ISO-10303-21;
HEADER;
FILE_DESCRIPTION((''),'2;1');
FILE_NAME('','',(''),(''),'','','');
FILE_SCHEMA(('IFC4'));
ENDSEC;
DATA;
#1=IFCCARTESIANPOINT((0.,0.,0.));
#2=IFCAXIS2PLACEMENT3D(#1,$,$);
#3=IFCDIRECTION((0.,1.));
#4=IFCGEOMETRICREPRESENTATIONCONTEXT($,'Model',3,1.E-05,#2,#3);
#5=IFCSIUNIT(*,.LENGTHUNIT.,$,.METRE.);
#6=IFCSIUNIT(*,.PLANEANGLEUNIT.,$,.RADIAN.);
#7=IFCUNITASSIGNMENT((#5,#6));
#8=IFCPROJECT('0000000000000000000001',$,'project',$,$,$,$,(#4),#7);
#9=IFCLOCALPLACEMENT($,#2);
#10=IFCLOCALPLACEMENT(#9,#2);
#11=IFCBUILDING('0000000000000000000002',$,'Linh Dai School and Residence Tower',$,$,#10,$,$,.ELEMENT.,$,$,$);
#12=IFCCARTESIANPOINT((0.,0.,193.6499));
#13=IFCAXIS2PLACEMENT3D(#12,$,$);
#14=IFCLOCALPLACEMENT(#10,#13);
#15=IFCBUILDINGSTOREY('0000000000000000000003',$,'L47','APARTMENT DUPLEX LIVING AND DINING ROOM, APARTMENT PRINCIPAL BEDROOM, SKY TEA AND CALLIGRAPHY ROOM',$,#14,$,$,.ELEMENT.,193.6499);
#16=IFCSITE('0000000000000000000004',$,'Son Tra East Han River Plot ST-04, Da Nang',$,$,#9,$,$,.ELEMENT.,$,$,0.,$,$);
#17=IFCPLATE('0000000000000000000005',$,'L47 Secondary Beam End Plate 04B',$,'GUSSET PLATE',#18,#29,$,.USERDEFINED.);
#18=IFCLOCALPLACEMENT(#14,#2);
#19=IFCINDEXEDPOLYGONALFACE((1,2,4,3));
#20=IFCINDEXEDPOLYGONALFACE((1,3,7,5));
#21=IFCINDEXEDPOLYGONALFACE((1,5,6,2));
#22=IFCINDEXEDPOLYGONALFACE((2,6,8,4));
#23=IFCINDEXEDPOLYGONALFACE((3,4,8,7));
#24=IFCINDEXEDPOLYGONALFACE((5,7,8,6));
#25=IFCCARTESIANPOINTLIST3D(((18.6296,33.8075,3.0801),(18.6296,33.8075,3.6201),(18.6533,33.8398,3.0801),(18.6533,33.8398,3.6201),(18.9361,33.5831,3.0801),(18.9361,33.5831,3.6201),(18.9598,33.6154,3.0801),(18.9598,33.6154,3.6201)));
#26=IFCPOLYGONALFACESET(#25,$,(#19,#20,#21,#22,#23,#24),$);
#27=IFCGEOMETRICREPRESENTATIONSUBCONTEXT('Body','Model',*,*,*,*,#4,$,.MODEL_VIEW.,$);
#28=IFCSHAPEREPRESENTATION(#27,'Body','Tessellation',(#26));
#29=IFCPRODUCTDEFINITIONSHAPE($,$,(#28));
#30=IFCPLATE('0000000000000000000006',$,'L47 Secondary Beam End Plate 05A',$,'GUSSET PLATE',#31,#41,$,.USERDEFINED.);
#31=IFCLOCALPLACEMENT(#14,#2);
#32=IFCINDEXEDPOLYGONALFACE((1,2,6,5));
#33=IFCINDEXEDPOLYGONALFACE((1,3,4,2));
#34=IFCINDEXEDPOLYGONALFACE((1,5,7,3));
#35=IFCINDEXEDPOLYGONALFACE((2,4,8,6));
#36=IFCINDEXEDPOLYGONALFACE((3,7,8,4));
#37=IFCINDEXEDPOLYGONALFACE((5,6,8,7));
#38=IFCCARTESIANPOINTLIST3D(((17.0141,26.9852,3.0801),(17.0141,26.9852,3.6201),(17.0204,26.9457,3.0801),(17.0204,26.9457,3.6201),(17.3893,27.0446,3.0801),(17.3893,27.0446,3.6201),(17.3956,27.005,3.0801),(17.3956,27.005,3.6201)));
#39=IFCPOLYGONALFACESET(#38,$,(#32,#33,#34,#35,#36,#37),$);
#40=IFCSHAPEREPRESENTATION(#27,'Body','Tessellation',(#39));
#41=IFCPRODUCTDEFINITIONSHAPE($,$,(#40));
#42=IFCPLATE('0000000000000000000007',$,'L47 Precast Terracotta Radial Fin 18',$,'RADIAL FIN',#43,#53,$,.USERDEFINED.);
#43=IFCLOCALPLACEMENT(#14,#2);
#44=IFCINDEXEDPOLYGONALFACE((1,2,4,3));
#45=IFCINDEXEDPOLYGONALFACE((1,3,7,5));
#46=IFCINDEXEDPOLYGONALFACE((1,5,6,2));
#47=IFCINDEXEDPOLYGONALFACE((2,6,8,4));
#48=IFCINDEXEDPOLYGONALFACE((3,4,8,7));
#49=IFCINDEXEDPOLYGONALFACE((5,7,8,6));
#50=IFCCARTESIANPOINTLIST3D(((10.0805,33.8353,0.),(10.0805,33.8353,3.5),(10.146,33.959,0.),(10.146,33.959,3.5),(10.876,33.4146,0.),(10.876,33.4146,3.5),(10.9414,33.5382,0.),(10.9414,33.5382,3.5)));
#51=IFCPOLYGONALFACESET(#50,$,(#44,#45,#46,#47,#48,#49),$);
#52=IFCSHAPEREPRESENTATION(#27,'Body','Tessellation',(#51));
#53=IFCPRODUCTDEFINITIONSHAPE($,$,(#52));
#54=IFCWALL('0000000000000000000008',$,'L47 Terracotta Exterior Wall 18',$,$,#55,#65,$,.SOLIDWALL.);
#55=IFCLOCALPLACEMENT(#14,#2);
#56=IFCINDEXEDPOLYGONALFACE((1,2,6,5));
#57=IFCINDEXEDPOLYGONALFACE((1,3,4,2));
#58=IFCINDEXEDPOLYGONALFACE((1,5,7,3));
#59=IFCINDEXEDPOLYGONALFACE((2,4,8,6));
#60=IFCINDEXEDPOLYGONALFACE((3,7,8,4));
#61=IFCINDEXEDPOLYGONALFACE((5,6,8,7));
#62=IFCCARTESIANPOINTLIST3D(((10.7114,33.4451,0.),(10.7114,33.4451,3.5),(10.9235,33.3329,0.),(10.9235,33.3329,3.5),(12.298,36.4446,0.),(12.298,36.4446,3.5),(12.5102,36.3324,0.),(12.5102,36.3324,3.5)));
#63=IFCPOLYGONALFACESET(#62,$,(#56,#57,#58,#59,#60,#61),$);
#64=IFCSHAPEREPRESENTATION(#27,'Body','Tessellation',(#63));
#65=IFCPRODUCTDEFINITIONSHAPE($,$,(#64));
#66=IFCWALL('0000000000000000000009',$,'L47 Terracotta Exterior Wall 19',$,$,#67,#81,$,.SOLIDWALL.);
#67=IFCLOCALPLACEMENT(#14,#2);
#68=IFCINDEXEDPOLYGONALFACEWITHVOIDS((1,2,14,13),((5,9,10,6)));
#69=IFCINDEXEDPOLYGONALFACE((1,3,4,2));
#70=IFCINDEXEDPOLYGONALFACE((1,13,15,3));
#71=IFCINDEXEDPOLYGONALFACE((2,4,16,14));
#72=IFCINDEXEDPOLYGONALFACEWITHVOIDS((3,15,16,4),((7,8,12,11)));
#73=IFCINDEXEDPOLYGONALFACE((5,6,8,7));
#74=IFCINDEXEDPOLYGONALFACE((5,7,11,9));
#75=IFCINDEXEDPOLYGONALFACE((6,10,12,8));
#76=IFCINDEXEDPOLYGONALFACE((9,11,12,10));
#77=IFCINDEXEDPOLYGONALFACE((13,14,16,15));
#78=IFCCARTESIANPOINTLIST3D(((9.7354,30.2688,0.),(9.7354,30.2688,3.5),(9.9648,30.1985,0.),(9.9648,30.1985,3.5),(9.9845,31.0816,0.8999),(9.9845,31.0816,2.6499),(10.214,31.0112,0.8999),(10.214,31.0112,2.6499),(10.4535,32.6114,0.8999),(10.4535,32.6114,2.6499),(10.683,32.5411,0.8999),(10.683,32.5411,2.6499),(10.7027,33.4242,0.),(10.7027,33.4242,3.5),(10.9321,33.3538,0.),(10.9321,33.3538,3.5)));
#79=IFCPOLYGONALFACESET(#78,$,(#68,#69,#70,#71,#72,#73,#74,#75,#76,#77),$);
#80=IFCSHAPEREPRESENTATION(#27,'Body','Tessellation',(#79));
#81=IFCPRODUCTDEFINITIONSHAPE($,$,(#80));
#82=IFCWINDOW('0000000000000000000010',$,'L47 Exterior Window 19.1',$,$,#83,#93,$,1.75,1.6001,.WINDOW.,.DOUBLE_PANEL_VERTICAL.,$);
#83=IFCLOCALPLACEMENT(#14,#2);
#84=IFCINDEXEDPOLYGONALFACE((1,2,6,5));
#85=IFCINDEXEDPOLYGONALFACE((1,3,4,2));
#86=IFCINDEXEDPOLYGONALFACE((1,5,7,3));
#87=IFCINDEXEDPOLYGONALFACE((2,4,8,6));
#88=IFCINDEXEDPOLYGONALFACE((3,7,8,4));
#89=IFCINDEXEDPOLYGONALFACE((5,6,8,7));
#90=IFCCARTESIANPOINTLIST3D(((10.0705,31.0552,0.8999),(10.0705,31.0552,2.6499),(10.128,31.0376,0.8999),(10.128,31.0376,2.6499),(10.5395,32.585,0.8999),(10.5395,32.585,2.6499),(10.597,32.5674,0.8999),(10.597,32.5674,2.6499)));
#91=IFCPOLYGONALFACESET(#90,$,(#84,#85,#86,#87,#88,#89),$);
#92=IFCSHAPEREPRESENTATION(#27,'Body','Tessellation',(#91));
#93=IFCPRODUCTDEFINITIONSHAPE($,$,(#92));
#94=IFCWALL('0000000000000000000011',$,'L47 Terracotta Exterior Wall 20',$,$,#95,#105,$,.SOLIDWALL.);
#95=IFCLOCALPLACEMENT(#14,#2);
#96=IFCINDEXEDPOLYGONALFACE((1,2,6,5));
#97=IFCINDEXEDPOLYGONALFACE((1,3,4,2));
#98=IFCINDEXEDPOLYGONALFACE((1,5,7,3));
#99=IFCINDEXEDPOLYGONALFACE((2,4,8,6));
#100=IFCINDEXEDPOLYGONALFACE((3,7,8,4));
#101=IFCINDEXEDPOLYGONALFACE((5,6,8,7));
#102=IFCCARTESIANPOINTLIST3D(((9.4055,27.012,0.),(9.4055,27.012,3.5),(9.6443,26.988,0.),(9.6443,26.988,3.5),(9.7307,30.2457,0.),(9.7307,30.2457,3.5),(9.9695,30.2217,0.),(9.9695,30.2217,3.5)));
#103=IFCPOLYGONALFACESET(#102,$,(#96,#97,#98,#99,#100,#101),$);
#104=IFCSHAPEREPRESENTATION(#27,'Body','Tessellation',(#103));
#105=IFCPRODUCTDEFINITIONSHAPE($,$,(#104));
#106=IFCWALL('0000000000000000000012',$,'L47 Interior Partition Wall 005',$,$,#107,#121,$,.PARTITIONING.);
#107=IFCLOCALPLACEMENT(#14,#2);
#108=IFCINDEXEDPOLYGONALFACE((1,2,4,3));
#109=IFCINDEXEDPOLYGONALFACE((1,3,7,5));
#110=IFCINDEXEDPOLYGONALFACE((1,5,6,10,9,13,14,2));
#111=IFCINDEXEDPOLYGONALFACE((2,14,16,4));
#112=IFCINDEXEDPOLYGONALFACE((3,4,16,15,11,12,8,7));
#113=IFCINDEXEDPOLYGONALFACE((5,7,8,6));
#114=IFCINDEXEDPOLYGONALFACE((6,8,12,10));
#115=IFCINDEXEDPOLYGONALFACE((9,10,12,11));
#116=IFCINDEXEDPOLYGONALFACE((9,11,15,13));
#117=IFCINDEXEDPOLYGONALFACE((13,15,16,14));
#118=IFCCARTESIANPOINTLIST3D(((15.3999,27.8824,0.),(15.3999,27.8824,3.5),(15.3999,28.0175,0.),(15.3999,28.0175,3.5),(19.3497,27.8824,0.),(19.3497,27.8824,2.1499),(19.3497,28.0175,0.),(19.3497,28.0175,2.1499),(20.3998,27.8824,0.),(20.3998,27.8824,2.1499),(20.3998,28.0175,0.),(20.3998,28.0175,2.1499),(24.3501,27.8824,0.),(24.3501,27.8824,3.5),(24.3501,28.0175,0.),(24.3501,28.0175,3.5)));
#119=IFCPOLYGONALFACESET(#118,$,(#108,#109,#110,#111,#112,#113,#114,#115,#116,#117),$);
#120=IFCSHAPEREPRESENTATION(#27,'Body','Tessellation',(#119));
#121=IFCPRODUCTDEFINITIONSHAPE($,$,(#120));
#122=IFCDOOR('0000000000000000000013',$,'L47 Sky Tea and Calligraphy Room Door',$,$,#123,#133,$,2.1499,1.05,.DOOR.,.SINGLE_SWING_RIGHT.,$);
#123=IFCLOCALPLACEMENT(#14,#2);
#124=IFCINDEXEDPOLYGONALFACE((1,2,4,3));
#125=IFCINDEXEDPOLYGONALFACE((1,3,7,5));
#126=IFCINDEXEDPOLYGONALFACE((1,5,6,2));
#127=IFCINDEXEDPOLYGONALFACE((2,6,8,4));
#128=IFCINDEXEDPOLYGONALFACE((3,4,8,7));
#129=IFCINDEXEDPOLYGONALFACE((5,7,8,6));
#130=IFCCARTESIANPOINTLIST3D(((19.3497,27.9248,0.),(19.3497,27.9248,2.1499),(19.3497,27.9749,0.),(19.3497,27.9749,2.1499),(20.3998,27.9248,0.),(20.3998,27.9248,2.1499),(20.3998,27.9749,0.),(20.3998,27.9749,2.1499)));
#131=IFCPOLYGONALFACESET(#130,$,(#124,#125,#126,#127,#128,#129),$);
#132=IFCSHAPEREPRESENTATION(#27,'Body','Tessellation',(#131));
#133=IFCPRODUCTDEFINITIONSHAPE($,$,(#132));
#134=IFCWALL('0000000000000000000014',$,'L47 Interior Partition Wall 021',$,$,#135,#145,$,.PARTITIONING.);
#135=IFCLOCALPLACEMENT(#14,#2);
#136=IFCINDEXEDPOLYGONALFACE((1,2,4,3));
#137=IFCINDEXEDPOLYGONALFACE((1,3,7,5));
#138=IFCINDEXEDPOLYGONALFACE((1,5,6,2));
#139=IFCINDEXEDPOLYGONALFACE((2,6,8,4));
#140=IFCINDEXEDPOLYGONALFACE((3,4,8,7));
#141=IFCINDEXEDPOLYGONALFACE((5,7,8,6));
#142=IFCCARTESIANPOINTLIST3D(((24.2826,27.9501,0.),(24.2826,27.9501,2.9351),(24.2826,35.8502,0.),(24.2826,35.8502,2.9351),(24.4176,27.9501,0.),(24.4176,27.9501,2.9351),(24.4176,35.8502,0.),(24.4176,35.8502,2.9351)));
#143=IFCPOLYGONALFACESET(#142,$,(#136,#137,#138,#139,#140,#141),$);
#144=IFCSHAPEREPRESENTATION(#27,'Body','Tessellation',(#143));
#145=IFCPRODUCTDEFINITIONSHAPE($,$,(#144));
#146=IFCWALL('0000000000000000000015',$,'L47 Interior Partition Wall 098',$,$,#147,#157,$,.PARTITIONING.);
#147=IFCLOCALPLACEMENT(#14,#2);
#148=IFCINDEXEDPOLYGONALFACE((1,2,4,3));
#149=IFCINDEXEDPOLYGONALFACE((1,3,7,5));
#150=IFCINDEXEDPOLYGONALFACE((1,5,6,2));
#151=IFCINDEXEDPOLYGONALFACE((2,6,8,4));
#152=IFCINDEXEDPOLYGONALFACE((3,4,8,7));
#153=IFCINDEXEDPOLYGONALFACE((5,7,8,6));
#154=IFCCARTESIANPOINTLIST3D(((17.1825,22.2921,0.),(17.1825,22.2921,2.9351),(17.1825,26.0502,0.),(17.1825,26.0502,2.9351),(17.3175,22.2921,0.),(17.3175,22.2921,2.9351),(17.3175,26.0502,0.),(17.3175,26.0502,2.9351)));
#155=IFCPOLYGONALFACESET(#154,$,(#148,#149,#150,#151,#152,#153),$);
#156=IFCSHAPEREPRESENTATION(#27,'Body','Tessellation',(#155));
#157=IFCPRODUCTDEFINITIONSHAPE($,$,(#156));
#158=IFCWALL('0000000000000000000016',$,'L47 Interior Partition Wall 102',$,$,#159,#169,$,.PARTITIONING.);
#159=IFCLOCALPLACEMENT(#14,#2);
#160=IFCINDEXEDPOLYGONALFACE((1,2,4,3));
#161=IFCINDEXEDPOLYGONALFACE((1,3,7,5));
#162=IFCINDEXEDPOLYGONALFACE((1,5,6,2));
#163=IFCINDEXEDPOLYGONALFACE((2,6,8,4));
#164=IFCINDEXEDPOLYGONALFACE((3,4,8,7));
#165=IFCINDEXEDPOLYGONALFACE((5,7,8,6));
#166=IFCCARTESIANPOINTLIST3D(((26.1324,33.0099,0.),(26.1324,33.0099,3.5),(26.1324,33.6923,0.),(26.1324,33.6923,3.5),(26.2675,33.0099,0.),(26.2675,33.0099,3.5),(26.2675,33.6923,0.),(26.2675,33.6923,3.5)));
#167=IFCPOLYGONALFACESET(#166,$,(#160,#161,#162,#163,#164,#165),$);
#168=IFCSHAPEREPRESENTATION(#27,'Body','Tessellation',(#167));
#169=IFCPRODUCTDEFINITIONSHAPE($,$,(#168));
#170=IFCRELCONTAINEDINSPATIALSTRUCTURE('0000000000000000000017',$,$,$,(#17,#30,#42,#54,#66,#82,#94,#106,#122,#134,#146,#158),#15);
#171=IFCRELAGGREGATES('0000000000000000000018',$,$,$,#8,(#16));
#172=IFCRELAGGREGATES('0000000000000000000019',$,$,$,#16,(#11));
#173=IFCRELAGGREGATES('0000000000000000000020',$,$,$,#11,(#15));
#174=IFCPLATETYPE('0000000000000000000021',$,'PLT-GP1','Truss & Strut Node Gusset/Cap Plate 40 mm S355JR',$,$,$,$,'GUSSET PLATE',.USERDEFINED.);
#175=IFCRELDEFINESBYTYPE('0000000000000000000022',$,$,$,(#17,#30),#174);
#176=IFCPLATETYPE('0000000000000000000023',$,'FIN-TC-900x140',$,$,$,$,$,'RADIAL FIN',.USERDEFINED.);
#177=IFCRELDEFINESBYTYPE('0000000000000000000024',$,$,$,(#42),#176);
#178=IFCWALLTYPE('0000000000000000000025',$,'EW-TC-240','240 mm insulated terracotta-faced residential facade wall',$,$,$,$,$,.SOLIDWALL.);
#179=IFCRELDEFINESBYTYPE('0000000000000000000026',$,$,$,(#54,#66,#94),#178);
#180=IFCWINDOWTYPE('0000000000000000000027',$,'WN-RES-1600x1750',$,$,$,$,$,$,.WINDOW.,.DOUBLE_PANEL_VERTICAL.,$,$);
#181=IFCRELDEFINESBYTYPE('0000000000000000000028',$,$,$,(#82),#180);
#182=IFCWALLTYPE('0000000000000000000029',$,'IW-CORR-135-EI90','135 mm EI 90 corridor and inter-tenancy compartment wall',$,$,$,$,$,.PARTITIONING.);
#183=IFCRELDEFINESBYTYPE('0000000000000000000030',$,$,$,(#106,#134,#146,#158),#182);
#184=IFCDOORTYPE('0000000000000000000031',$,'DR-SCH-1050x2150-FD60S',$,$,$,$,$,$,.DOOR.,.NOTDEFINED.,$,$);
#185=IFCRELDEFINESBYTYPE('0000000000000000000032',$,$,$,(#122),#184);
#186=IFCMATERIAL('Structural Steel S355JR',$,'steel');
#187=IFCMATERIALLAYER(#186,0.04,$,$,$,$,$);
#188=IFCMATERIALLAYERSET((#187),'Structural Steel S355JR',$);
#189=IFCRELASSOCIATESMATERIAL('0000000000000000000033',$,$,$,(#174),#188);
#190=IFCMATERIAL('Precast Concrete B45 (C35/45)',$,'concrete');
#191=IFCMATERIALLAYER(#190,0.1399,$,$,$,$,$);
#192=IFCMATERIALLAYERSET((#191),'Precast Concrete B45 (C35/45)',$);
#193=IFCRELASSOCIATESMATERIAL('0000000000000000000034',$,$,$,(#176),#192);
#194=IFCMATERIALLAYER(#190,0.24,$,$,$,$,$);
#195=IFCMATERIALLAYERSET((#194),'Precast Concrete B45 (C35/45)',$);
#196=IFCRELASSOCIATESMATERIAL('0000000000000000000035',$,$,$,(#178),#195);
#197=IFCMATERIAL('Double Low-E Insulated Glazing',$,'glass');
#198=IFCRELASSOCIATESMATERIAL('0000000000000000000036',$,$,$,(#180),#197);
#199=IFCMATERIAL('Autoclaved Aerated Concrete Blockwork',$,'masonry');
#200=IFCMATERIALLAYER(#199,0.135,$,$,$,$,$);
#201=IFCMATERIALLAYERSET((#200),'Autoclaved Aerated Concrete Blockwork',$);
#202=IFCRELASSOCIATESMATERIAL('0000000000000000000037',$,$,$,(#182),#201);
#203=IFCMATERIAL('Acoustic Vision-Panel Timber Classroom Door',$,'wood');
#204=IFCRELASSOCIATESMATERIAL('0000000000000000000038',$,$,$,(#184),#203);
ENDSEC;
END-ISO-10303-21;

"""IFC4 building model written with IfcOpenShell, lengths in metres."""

from ifc_helpers import new_model, si_unit, direction, frame, frame_2d, origin, origin_2d, place, context, subcontext, project, spatial, rectangle, extrude, source, transform, mapped, material, layer, layer_set, type_object, element, fill, save


model = new_model("IFC4")

# Units and contexts
model_context = context("Model", 3, precision=1e-05, world=origin(), true_north=direction((0.0, 1.0)))
body_context = subcontext(model_context, "Body", "Model", "MODEL_VIEW")
ifc_project = project(units=[si_unit("LENGTHUNIT", "METRE"), si_unit("PLANEANGLEUNIT", "RADIAN")], contexts=[model_context])

# Site, building, storey
site_placement = place(None, origin())
site = spatial("IfcSite", under=ifc_project, at=site_placement, Name="Son Tra East Han River Plot ST-04, Da Nang", CompositionType="ELEMENT", RefElevation=0.0)
building_placement = place(site_placement, origin())
building = spatial("IfcBuilding", under=site, at=building_placement, Name="Linh Dai School and Residence Tower", CompositionType="ELEMENT")
storey_placement = place(building_placement, frame((0.0, 0.0, 193.6499)))
storey = spatial("IfcBuildingStorey", under=building, at=storey_placement, Name="L47", Description="APARTMENT DUPLEX LIVING AND DINING ROOM, APARTMENT PRINCIPAL BEDROOM, SKY TEA AND CALLIGRAPHY ROOM", CompositionType="ELEMENT", Elevation=193.6499)

# Shared definitions
ifc_material_1 = material(Name="Structural Steel S355JR", Category="steel")

# Plates
ifc_layer_1 = layer(ifc_material_1, 0.04)
ifc_layer_set_1 = layer_set([ifc_layer_1], Name="Structural Steel S355JR")
plate_type_1 = type_object("IfcPlateType", Name="PLT-GP1", Description="Truss & Strut Node Gusset/Cap Plate 40 mm S355JR", ElementType="GUSSET PLATE", PredefinedType="USERDEFINED", material=ifc_layer_set_1)
shared_shape_1 = source(origin(), body_context, "Body", "SweptSolid", [
    extrude(rectangle(XDim=0.04, YDim=0.3799, at=origin_2d()), origin(), (0.0, 0.0, 1.0), 0.54),
])
for number, where, z_axis, x_axis, name in (
    (1, (18.7947, 33.7114, 3.0801), (0.0, 0.0, 1.0), (-0.590797, -0.80682, 0.0), "L47 Secondary Beam End Plate 04B"),
    (2, (17.2048, 26.9951, 3.0801), (0.0, 0.0, 1.0), (0.156309, -0.987708, 0.0), "L47 Secondary Beam End Plate 05A"),
):
    element("IfcPlate", number, at=place(storey_placement, frame(where, z_axis=z_axis, x_axis=x_axis)), inside=storey, type_object=plate_type_1, Name=name, ObjectType="GUSSET PLATE", PredefinedType="USERDEFINED", context=body_context, shape_type="MappedRepresentation", body=[
        mapped(shared_shape_1, transform((0.0, 0.0, 0.0), x_axis=(1.0, 0.0, 0.0), y_axis=(0.0, 1.0, 0.0), z_axis=(0.0, 0.0, 1.0), scale=1.0)),
    ])
ifc_material_2 = material(Name="Precast Concrete B45 (C35/45)", Category="concrete")
ifc_layer_2 = layer(ifc_material_2, 0.1399)
ifc_layer_set_2 = layer_set([ifc_layer_2], Name="Precast Concrete B45 (C35/45)")
plate_type_2 = type_object("IfcPlateType", Name="FIN-TC-900x140", ElementType="RADIAL FIN", PredefinedType="USERDEFINED", material=ifc_layer_set_2)
shared_shape_2 = source(origin(), body_context, "Body", "SweptSolid", [
    extrude(rectangle(XDim=0.8999, YDim=0.1399, at=origin_2d()), origin(), (0.0, 0.0, 1.0), 3.5),
])
plate_placement = place(storey_placement, frame((10.511, 33.6868, 0.0), z_axis=(0.0, 0.0, 1.0), x_axis=(-0.883951, 0.46758, 0.0)))
element("IfcPlate", 3, at=plate_placement, inside=storey, type_object=plate_type_2, Name="L47 Precast Terracotta Radial Fin 18", ObjectType="RADIAL FIN", PredefinedType="USERDEFINED", context=body_context, shape_type="MappedRepresentation", body=[
    mapped(shared_shape_2, transform((0.0, 0.0, 0.0), x_axis=(1.0, 0.0, 0.0), y_axis=(0.0, 1.0, 0.0), z_axis=(0.0, 0.0, 1.0), scale=1.0)),
])

# Wall
ifc_layer_3 = layer(ifc_material_2, 0.24)
ifc_layer_set_3 = layer_set([ifc_layer_3], Name="Precast Concrete B45 (C35/45)")
wall_type_1 = type_object("IfcWallType", Name="EW-TC-240", Description="240 mm insulated terracotta-faced residential facade wall", PredefinedType="SOLIDWALL", material=ifc_layer_set_3)
wall_1_placement = place(storey_placement, frame((10.8174, 33.3889, 0.0), z_axis=(0.0, 0.0, 1.0), x_axis=(0.467587, 0.883947, 0.0)))
element("IfcWall", 4, at=wall_1_placement, inside=storey, type_object=wall_type_1, Name="L47 Terracotta Exterior Wall 18", PredefinedType="SOLIDWALL", context=body_context, shape_type="SweptSolid", body=[
    extrude(rectangle(XDim=3.3933, YDim=0.24, at=frame_2d((1.6968, 0.0))), origin(), (0.0, 0.0, 1.0), 3.5),
])

# Wall, opening, window
wall_2_placement = place(storey_placement, frame((9.8501, 30.2336, 0.0), z_axis=(0.0, 0.0, 1.0), x_axis=(0.293098, 0.956082, 0.0)))
wall_2 = element("IfcWall", 5, at=wall_2_placement, inside=storey, type_object=wall_type_1, Name="L47 Terracotta Exterior Wall 19", PredefinedType="SOLIDWALL", context=body_context, shape_type="SweptSolid", body=[
    extrude(rectangle(XDim=3.3003, YDim=0.24, at=frame_2d((1.6501, 0.0))), origin(), (0.0, 0.0, 1.0), 3.5),
])
opening_1_placement = place(wall_2_placement, frame((0.8501, 0.0, 0.8999)))
opening_1 = element("IfcOpeningElement", 6, at=opening_1_placement, cuts=wall_2, PredefinedType="OPENING", context=body_context, shape_type="SweptSolid", body=[
    extrude(rectangle(XDim=1.6001, YDim=1.75, at=origin_2d()), frame((0.8, 0.1299, 0.875), z_axis=(0.0, -1.0, 0.0), x_axis=(1.0, 0.0, 0.0)), (0.0, 0.0, 1.0), 0.26),
])
ifc_material_3 = material(Name="Double Low-E Insulated Glazing", Category="glass")
window_type = type_object("IfcWindowType", Name="WN-RES-1600x1750", PartitioningType="DOUBLE_PANEL_VERTICAL", PredefinedType="WINDOW", material=ifc_material_3)
shared_shape_3 = source(origin(), body_context, "Body", "SweptSolid", [
    extrude(rectangle(XDim=1.6001, YDim=1.75, at=origin_2d()), frame((0.8, 0.03, 0.875), z_axis=(0.0, -1.0, 0.0), x_axis=(1.0, 0.0, 0.0)), (0.0, 0.0, 1.0), 0.0601),
])
window_placement = place(opening_1_placement, origin())
window = element("IfcWindow", 7, at=window_placement, inside=storey, type_object=window_type, Name="L47 Exterior Window 19.1", OverallHeight=1.75, OverallWidth=1.6001, PartitioningType="DOUBLE_PANEL_VERTICAL", PredefinedType="WINDOW", context=body_context, shape_type="MappedRepresentation", body=[
    mapped(shared_shape_3, transform((0.0, 0.0, 0.0), x_axis=(1.0, 0.0, 0.0), y_axis=(0.0, 1.0, 0.0), z_axis=(0.0, 0.0, 1.0), scale=1.0)),
])
fill(opening_1, window)

# Wall
wall_3_placement = place(storey_placement, frame((9.5249, 27.0, 0.0), z_axis=(0.0, 0.0, 1.0), x_axis=(0.100062, 0.994981, 0.0)))
element("IfcWall", 8, at=wall_3_placement, inside=storey, type_object=wall_type_1, Name="L47 Terracotta Exterior Wall 20", PredefinedType="SOLIDWALL", context=body_context, shape_type="SweptSolid", body=[
    extrude(rectangle(XDim=3.25, YDim=0.24, at=frame_2d((1.625, 0.0))), origin(), (0.0, 0.0, 1.0), 3.5),
])

# Wall, opening, door
ifc_material_4 = material(Name="Autoclaved Aerated Concrete Blockwork", Category="masonry")
ifc_layer_4 = layer(ifc_material_4, 0.135)
ifc_layer_set_4 = layer_set([ifc_layer_4], Name="Autoclaved Aerated Concrete Blockwork")
wall_type_2 = type_object("IfcWallType", Name="IW-CORR-135-EI90", Description="135 mm EI 90 corridor and inter-tenancy compartment wall", PredefinedType="PARTITIONING", material=ifc_layer_set_4)
wall_4_placement = place(storey_placement, frame((15.3999, 27.95, 0.0), z_axis=(0.0, 0.0, 1.0), x_axis=(1.0, 0.0, 0.0)))
wall_4 = element("IfcWall", 9, at=wall_4_placement, inside=storey, type_object=wall_type_2, Name="L47 Interior Partition Wall 005", PredefinedType="PARTITIONING", context=body_context, shape_type="SweptSolid", body=[
    extrude(rectangle(XDim=8.9502, YDim=0.135, at=frame_2d((4.4751, 0.0))), origin(), (0.0, 0.0, 1.0), 3.5),
])
opening_2_placement = place(wall_4_placement, frame((3.95, 0.0, 0.0)))
opening_2 = element("IfcOpeningElement", 10, at=opening_2_placement, cuts=wall_4, PredefinedType="OPENING", context=body_context, shape_type="SweptSolid", body=[
    extrude(rectangle(XDim=1.05, YDim=2.1499, at=origin_2d()), frame((0.5249, 0.0776, 1.075), z_axis=(0.0, -1.0, 0.0), x_axis=(1.0, 0.0, 0.0)), (0.0, 0.0, 1.0), 0.155),
])
ifc_material_5 = material(Name="Acoustic Vision-Panel Timber Classroom Door", Category="wood")
door_type_1 = type_object("IfcDoorType", Name="DR-SCH-1050x2150-FD60S", OperationType="NOTDEFINED", PredefinedType="DOOR", material=ifc_material_5)
shared_shape_4 = source(origin(), body_context, "Body", "SweptSolid", [
    extrude(rectangle(XDim=1.05, YDim=2.1499, at=origin_2d()), frame((0.5249, 0.0249, 1.075), z_axis=(0.0, -1.0, 0.0), x_axis=(1.0, 0.0, 0.0)), (0.0, 0.0, 1.0), 0.05),
])
door_1_placement = place(opening_2_placement, origin())
door_1 = element("IfcDoor", 11, at=door_1_placement, inside=storey, type_object=door_type_1, Name="L47 Sky Tea and Calligraphy Room Door", OperationType="SINGLE_SWING_RIGHT", OverallHeight=2.1499, OverallWidth=1.05, PredefinedType="DOOR", context=body_context, shape_type="MappedRepresentation", body=[
    mapped(shared_shape_4, transform((0.0, 0.0, 0.0), x_axis=(1.0, 0.0, 0.0), y_axis=(0.0, 1.0, 0.0), z_axis=(0.0, 0.0, 1.0), scale=1.0)),
])
fill(opening_2, door_1)

# Walls
wall_5_placement = place(storey_placement, frame((24.3501, 27.95, 0.0), z_axis=(0.0, 0.0, 1.0), x_axis=(0.0, 1.0, 0.0)))
element("IfcWall", 12, at=wall_5_placement, inside=storey, type_object=wall_type_2, Name="L47 Interior Partition Wall 021", PredefinedType="PARTITIONING", context=body_context, shape_type="SweptSolid", body=[
    extrude(rectangle(XDim=7.9001, YDim=0.135, at=frame_2d((3.9502, 0.0))), origin(), (0.0, 0.0, 1.0), 2.9351),
])
wall_6_placement = place(storey_placement, frame((17.25, 26.05, 0.0), z_axis=(0.0, 0.0, 1.0), x_axis=(0.0, -1.0, 0.0)))
element("IfcWall", 13, at=wall_6_placement, inside=storey, type_object=wall_type_2, Name="L47 Interior Partition Wall 098", PredefinedType="PARTITIONING", context=body_context, shape_type="SweptSolid", body=[
    extrude(rectangle(XDim=3.7581, YDim=0.135, at=frame_2d((1.8789, 0.0))), origin(), (0.0, 0.0, 1.0), 2.9351),
])
wall_7_placement = place(storey_placement, frame((26.2, 33.6924, 0.0), z_axis=(0.0, 0.0, 1.0), x_axis=(0.0, -1.0, 0.0)))
element("IfcWall", 14, at=wall_7_placement, inside=storey, type_object=wall_type_2, Name="L47 Interior Partition Wall 102", PredefinedType="PARTITIONING", context=body_context, shape_type="SweptSolid", body=[
    extrude(rectangle(XDim=0.6824, YDim=0.135, at=frame_2d((0.3413, 0.0))), origin(), (0.0, 0.0, 1.0), 3.5),
])

save(model, "model.ifc")
